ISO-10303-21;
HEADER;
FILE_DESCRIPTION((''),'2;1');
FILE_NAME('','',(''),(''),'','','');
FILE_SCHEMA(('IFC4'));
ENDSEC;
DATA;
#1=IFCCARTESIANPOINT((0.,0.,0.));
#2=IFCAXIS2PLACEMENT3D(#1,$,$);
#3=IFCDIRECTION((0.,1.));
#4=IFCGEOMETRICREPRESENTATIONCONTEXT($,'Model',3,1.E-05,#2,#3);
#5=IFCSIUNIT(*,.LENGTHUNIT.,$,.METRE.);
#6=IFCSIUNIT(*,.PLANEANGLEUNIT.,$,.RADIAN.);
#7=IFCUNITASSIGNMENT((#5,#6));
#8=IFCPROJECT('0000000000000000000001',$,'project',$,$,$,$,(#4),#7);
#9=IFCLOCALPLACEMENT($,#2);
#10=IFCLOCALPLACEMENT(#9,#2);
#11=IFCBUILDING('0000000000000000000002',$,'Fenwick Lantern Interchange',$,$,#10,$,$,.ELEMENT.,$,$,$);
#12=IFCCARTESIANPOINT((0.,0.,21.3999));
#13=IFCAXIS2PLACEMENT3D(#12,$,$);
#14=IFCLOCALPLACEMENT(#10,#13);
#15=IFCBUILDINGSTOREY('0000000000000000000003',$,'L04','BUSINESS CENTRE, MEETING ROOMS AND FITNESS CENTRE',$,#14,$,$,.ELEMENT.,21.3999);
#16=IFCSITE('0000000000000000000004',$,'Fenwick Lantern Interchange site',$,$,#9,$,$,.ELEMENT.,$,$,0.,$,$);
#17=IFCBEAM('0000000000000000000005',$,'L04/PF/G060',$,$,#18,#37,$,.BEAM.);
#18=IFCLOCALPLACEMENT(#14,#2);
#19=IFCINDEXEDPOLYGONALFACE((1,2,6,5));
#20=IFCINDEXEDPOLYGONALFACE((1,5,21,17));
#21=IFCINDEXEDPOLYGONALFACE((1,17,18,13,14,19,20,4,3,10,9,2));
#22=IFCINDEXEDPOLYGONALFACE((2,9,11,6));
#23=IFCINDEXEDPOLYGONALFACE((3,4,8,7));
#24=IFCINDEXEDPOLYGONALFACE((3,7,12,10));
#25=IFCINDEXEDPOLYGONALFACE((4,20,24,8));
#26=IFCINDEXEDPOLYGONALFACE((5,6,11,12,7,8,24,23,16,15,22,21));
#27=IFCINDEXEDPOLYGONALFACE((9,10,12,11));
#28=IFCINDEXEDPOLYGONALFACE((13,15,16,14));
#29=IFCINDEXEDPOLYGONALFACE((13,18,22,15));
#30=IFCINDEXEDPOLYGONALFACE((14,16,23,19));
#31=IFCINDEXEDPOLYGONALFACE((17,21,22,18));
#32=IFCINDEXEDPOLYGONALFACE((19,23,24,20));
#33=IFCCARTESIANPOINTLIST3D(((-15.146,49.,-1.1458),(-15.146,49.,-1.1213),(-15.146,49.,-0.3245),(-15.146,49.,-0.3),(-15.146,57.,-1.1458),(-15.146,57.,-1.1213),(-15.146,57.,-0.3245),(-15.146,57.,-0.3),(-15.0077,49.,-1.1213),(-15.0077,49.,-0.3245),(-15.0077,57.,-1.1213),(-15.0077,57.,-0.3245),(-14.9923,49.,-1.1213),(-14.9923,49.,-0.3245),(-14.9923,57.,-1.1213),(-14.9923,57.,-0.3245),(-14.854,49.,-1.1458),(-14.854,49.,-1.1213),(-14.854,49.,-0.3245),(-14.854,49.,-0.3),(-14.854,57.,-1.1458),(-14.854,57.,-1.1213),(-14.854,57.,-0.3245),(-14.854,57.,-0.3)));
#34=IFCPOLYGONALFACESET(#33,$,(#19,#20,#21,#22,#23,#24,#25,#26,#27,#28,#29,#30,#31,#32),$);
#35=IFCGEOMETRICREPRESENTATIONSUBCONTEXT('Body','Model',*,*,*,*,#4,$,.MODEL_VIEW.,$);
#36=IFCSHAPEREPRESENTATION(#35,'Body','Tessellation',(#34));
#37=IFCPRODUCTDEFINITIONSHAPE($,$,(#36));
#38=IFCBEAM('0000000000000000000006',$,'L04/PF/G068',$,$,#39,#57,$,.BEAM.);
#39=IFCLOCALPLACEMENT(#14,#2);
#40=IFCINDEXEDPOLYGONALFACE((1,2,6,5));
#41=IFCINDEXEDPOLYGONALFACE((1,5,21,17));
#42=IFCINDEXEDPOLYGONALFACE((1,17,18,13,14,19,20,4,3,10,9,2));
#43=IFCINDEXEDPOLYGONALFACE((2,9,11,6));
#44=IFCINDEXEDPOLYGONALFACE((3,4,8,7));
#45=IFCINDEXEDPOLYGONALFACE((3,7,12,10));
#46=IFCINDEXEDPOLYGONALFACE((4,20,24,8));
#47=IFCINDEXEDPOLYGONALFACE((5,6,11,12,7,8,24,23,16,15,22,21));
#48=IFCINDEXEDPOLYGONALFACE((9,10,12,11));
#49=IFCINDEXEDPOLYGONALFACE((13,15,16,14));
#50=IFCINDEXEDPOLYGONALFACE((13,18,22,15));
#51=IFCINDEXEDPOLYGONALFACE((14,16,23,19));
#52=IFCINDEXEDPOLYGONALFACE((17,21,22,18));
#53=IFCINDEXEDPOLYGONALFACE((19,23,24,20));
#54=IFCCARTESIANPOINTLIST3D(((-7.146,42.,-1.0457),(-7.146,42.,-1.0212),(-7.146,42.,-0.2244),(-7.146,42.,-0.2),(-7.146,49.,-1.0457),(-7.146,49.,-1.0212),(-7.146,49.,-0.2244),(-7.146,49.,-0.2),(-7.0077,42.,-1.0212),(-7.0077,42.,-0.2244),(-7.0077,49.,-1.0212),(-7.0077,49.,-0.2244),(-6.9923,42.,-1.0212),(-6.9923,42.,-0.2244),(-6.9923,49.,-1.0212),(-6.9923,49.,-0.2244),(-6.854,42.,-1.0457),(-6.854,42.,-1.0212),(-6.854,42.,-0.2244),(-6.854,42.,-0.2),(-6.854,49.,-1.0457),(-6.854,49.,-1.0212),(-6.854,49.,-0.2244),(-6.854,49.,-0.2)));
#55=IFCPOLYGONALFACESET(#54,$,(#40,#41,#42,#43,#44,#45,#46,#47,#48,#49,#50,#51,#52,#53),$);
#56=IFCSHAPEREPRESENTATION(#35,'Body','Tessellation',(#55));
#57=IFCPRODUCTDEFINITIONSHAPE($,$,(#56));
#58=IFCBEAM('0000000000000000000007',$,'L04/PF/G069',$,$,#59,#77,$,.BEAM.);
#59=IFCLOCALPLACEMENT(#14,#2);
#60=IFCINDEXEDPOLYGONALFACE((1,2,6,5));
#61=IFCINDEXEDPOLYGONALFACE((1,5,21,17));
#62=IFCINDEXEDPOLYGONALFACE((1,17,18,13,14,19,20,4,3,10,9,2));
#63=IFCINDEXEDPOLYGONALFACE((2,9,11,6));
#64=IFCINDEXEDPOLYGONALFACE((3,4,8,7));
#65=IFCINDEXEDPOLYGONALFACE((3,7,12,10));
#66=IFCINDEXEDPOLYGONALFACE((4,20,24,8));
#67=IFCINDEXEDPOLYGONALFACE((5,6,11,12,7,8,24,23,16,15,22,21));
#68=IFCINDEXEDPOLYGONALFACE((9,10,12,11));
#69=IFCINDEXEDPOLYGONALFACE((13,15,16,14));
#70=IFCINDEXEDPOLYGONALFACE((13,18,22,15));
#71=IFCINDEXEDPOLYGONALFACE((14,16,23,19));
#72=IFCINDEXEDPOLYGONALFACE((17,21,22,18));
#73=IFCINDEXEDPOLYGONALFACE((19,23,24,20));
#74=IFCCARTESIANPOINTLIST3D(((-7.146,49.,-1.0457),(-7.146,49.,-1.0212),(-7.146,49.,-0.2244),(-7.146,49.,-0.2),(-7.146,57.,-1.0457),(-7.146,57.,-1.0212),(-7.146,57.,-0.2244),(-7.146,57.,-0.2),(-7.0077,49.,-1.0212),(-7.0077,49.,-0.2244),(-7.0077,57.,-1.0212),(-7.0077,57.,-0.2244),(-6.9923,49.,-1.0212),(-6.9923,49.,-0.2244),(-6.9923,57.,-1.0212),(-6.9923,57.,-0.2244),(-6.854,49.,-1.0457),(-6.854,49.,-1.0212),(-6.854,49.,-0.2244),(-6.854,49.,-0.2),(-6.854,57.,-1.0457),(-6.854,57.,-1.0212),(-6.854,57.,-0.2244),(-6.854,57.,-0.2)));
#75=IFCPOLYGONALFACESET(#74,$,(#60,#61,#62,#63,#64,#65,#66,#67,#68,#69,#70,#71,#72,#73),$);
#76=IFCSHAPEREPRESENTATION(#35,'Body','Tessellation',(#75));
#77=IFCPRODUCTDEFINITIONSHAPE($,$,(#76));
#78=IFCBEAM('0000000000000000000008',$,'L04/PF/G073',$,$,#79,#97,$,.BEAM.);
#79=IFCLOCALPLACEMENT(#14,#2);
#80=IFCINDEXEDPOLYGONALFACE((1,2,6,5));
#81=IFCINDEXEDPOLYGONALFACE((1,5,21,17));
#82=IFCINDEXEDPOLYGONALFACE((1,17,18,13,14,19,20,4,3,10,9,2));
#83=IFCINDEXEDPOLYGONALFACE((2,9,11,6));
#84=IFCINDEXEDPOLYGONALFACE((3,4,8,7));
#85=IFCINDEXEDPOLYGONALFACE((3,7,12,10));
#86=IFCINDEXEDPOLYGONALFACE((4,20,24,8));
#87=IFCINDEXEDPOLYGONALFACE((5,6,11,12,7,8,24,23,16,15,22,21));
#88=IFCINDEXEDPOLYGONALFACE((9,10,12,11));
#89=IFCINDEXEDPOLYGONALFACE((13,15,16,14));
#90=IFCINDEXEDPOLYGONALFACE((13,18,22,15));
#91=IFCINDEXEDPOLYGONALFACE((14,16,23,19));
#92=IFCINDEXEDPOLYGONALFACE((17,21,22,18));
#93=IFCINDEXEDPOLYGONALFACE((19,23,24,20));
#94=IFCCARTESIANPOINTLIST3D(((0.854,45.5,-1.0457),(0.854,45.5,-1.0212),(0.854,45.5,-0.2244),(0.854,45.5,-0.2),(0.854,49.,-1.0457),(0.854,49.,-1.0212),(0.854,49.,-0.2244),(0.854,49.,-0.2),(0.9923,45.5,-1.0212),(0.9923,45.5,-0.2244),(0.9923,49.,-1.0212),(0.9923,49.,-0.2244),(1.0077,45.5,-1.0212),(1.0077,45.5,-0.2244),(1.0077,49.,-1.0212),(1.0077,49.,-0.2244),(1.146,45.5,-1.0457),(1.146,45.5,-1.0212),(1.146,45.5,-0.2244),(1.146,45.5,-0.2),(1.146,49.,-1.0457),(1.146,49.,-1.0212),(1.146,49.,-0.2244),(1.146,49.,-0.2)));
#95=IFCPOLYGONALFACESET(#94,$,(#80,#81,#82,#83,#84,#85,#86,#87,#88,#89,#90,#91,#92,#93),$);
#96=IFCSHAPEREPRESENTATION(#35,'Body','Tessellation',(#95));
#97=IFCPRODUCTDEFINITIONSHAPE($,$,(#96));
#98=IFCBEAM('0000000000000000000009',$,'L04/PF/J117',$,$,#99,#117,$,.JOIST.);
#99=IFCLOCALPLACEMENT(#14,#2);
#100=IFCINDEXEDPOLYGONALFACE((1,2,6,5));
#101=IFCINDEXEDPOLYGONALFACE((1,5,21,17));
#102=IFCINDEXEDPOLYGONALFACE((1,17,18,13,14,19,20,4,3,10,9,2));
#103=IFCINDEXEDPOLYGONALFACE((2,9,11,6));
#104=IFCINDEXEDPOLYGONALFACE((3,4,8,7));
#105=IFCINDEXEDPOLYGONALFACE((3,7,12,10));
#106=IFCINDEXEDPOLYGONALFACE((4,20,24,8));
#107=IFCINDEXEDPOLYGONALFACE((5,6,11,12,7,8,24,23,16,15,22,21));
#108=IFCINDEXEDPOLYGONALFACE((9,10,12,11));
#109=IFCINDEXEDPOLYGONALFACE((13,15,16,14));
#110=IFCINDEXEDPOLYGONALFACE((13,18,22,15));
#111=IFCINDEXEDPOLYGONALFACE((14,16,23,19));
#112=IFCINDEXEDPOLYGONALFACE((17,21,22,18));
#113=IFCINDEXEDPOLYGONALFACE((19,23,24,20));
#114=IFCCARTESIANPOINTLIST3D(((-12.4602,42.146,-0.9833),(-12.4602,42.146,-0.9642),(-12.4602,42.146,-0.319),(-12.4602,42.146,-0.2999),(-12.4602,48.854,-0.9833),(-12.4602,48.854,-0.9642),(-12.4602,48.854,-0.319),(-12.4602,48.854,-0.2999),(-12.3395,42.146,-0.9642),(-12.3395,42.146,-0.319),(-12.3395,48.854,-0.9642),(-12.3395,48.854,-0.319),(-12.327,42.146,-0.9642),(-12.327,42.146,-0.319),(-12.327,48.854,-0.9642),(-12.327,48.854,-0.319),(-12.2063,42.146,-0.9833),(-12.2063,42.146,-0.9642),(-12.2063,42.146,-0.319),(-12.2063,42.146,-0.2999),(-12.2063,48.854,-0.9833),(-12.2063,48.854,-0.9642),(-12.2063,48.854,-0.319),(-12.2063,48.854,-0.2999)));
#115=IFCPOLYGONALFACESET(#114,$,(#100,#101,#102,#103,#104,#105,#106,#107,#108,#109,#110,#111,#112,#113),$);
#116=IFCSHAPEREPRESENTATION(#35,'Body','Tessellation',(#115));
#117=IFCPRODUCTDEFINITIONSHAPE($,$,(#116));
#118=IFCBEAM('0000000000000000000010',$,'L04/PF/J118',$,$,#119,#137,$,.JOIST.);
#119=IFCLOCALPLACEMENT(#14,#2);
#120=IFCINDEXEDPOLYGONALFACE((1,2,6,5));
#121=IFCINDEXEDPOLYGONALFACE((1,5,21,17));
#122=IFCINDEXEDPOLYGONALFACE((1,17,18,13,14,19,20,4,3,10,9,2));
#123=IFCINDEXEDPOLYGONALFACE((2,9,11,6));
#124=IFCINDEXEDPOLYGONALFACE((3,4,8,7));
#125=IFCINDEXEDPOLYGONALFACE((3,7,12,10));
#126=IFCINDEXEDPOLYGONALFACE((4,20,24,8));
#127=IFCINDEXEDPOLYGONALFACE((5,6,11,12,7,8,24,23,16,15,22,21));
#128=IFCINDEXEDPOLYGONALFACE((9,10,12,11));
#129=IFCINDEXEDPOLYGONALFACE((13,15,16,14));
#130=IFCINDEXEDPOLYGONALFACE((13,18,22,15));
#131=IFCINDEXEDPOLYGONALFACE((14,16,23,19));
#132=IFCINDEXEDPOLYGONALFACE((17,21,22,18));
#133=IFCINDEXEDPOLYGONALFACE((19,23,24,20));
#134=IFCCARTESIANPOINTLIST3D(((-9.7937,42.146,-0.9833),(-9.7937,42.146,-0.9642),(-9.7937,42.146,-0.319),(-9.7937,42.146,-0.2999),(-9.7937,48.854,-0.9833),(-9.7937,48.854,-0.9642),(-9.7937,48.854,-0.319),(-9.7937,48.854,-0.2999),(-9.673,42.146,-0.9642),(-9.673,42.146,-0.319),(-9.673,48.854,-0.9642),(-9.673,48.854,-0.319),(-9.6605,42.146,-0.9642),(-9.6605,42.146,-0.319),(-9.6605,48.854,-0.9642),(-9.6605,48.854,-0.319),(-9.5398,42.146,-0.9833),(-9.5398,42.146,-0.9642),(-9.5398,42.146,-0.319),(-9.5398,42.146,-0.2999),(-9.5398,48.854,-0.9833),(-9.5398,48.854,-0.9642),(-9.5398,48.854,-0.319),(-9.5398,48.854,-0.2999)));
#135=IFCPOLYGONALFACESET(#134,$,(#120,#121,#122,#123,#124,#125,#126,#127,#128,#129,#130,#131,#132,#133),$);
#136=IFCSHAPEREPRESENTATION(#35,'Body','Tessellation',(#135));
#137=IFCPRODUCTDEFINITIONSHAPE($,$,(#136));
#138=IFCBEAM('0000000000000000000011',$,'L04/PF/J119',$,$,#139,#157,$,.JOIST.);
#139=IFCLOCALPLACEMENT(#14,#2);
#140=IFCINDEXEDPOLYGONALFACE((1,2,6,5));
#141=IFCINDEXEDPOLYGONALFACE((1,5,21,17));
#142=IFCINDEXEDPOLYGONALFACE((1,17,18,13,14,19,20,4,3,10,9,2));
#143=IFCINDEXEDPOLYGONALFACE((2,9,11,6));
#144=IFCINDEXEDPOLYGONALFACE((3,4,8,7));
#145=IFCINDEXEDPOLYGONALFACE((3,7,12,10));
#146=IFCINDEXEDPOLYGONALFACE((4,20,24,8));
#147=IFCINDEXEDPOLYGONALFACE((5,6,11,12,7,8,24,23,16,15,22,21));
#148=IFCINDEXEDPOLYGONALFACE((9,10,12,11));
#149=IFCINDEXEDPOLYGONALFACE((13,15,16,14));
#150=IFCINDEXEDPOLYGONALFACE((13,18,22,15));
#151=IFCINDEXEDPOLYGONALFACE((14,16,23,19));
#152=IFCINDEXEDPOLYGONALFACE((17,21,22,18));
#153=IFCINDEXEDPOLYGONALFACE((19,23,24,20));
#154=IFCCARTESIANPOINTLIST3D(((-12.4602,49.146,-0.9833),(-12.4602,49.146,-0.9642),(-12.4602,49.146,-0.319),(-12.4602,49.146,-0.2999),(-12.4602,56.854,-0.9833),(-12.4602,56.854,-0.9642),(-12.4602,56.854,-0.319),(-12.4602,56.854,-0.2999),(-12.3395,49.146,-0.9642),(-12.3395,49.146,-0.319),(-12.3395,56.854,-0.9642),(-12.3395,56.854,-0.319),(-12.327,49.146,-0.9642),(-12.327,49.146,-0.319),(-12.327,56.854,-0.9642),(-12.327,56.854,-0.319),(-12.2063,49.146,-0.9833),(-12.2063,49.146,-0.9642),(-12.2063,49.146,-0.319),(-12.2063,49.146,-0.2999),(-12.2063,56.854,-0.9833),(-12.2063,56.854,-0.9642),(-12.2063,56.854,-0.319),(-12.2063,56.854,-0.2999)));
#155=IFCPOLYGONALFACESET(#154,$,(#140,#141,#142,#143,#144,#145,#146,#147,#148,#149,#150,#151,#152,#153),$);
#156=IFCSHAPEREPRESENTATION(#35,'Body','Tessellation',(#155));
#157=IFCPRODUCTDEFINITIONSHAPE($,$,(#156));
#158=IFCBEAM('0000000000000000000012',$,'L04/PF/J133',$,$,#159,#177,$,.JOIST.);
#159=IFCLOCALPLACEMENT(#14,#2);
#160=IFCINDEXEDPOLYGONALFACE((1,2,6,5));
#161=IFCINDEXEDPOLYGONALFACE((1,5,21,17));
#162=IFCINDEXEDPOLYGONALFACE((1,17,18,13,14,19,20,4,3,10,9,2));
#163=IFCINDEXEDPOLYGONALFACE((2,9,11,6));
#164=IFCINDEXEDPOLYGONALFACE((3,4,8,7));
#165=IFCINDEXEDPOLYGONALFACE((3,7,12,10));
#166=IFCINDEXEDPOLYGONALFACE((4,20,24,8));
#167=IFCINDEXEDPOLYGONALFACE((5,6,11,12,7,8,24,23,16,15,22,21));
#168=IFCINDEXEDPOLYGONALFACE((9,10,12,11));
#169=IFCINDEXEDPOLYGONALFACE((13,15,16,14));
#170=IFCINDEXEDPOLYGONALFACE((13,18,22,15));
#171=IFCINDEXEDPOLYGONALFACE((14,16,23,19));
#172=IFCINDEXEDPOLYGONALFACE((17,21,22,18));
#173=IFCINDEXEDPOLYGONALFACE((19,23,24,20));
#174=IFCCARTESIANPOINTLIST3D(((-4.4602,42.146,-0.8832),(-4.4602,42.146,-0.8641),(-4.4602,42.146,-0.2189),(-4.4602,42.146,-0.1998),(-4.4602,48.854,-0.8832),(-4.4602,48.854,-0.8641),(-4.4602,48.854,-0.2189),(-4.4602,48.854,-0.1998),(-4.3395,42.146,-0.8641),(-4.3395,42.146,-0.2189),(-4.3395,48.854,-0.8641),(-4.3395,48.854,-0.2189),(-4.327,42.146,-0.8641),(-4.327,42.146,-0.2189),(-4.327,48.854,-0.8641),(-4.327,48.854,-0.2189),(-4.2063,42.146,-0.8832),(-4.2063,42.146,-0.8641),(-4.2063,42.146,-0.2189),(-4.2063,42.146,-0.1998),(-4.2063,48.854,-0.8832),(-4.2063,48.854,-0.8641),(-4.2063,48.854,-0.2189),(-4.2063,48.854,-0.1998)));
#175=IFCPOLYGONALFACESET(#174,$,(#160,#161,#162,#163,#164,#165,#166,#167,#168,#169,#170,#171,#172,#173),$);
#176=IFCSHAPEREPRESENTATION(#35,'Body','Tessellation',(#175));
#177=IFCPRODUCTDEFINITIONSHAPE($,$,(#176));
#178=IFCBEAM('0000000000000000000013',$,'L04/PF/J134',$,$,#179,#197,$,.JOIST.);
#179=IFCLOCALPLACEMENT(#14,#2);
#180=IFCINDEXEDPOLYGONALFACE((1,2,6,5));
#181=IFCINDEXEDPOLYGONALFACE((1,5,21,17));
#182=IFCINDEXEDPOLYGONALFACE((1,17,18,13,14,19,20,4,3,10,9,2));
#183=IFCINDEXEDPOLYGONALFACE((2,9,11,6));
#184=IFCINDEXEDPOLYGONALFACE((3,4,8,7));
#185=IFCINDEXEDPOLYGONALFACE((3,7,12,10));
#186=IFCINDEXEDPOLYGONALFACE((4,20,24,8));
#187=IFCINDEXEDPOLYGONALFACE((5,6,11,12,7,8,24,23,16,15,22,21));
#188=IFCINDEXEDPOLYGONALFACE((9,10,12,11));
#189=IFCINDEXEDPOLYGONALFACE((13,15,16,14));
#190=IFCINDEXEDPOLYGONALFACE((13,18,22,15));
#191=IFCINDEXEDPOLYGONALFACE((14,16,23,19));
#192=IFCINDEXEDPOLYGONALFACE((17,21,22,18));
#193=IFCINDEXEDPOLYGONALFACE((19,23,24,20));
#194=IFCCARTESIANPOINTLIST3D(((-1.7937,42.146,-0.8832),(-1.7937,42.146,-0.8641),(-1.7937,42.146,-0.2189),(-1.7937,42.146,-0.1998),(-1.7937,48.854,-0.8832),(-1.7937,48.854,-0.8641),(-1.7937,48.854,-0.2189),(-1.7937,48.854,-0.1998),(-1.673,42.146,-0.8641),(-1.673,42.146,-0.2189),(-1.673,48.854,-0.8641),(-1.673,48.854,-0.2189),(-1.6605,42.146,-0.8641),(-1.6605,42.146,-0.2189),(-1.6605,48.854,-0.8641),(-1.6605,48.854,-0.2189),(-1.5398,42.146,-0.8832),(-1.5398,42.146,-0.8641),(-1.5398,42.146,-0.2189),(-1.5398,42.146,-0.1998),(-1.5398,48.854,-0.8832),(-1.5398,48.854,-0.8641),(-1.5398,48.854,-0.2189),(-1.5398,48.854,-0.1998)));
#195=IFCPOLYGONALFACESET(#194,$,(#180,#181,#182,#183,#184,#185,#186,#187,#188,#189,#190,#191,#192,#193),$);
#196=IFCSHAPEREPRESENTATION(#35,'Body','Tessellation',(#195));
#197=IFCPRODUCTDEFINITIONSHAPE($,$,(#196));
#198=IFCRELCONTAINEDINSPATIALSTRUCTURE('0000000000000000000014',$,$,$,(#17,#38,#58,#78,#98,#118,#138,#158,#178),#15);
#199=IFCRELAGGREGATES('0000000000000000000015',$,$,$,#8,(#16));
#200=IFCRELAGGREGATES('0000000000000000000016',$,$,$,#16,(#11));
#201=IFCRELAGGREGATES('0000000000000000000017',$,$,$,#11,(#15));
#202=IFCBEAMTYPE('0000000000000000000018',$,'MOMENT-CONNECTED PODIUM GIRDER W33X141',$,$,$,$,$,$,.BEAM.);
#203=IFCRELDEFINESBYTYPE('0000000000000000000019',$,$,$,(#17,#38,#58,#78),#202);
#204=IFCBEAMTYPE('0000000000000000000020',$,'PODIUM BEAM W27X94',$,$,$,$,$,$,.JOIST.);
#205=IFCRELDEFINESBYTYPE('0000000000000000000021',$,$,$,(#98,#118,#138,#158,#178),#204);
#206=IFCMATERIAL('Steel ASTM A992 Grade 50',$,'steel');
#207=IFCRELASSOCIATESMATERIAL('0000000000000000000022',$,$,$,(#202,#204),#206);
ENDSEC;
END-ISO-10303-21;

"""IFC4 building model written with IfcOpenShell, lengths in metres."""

from ifc_helpers import new_model, si_unit, direction, frame, origin, origin_2d, place, context, subcontext, project, spatial, i_section, extrude, material, material_profile, profile_set, type_object, element, save


model = new_model("IFC4")

# Units and contexts
model_context = context("Model", 3, precision=1e-05, world=origin(), true_north=direction((0.0, 1.0)))
body_context = subcontext(model_context, "Body", "Model", "MODEL_VIEW")
ifc_project = project(units=[si_unit("LENGTHUNIT", "METRE"), si_unit("PLANEANGLEUNIT", "RADIAN")], contexts=[model_context])

# Site, building, storey
site_placement = place(None, origin())
site = spatial("IfcSite", under=ifc_project, at=site_placement, Name="Fenwick Lantern Interchange site", CompositionType="ELEMENT", RefElevation=0.0)
building_placement = place(site_placement, origin())
building = spatial("IfcBuilding", under=site, at=building_placement, Name="Fenwick Lantern Interchange", CompositionType="ELEMENT")
storey_placement = place(building_placement, frame((0.0, 0.0, 21.3999)))
storey = spatial("IfcBuildingStorey", under=building, at=storey_placement, Name="L04", Description="BUSINESS CENTRE, MEETING ROOMS AND FITNESS CENTRE", CompositionType="ELEMENT", Elevation=21.3999)

# Shared definitions
ifc_material_1 = material(Name="Steel ASTM A992 Grade 50", Category="steel")

# Beams
ifc_material_profile_1 = material_profile(ifc_material_1, i_section(OverallWidth=0.292, OverallDepth=0.8457, WebThickness=0.0154, FlangeThickness=0.0244, at=origin_2d()), Name="W33X141")
ifc_profile_set_1 = profile_set([ifc_material_profile_1], Name="Steel ASTM A992 Grade 50")
beam_type_1 = type_object("IfcBeamType", Name="MOMENT-CONNECTED PODIUM GIRDER W33X141", PredefinedType="BEAM", material=ifc_profile_set_1)
beam_1_placement = place(storey_placement, frame((-15.0, 49.0, -0.7229), z_axis=(0.0, 1.0, 0.0), x_axis=(-1.0, 0.0, 0.0)))
element("IfcBeam", 1, at=beam_1_placement, inside=storey, type_object=beam_type_1, Name="L04/PF/G060", PredefinedType="BEAM", context=body_context, shape_type="SweptSolid", body=[
    extrude(i_section(OverallWidth=0.292, OverallDepth=0.8457, WebThickness=0.0154, FlangeThickness=0.0244, at=origin_2d()), origin(), (0.0, 0.0, 1.0), 8.0),
])
beam_2_placement = place(storey_placement, frame((-7.0, 42.0, -0.6228), z_axis=(0.0, 1.0, 0.0), x_axis=(-1.0, 0.0, 0.0)))
element("IfcBeam", 2, at=beam_2_placement, inside=storey, type_object=beam_type_1, Name="L04/PF/G068", PredefinedType="BEAM", context=body_context, shape_type="SweptSolid", body=[
    extrude(i_section(OverallWidth=0.292, OverallDepth=0.8457, WebThickness=0.0154, FlangeThickness=0.0244, at=origin_2d()), origin(), (0.0, 0.0, 1.0), 7.0),
])
beam_3_placement = place(storey_placement, frame((-7.0, 49.0, -0.6228), z_axis=(0.0, 1.0, 0.0), x_axis=(-1.0, 0.0, 0.0)))
element("IfcBeam", 3, at=beam_3_placement, inside=storey, type_object=beam_type_1, Name="L04/PF/G069", PredefinedType="BEAM", context=body_context, shape_type="SweptSolid", body=[
    extrude(i_section(OverallWidth=0.292, OverallDepth=0.8457, WebThickness=0.0154, FlangeThickness=0.0244, at=origin_2d()), origin(), (0.0, 0.0, 1.0), 8.0),
])
beam_4_placement = place(storey_placement, frame((1.0, 45.5, -0.6228), z_axis=(0.0, 1.0, 0.0), x_axis=(-1.0, 0.0, 0.0)))
element("IfcBeam", 4, at=beam_4_placement, inside=storey, type_object=beam_type_1, Name="L04/PF/G073", PredefinedType="BEAM", context=body_context, shape_type="SweptSolid", body=[
    extrude(i_section(OverallWidth=0.292, OverallDepth=0.8457, WebThickness=0.0154, FlangeThickness=0.0244, at=origin_2d()), origin(), (0.0, 0.0, 1.0), 3.5),
])
ifc_material_profile_2 = material_profile(ifc_material_1, i_section(OverallWidth=0.2539, OverallDepth=0.6833, WebThickness=0.0125, FlangeThickness=0.019, at=origin_2d()), Name="W27X94")
ifc_profile_set_2 = profile_set([ifc_material_profile_2], Name="Steel ASTM A992 Grade 50")
beam_type_2 = type_object("IfcBeamType", Name="PODIUM BEAM W27X94", PredefinedType="JOIST", material=ifc_profile_set_2)
for number, where, z_axis, x_axis, name in (
    (5, (-12.3333, 42.146, -0.6416), (0.0, 1.0, 0.0), (-1.0, 0.0, 0.0), "L04/PF/J117"),
    (6, (-9.6667, 42.146, -0.6416), (0.0, 1.0, 0.0), (-1.0, 0.0, 0.0), "L04/PF/J118"),
):
    element("IfcBeam", number, at=place(storey_placement, frame(where, z_axis=z_axis, x_axis=x_axis)), inside=storey, type_object=beam_type_2, Name=name, PredefinedType="JOIST", context=body_context, shape_type="SweptSolid", body=[
        extrude(i_section(OverallWidth=0.2539, OverallDepth=0.6833, WebThickness=0.0125, FlangeThickness=0.019, at=origin_2d()), origin(), (0.0, 0.0, 1.0), 6.708),
    ])
beam_5_placement = place(storey_placement, frame((-12.3333, 49.146, -0.6416), z_axis=(0.0, 1.0, 0.0), x_axis=(-1.0, 0.0, 0.0)))
element("IfcBeam", 7, at=beam_5_placement, inside=storey, type_object=beam_type_2, Name="L04/PF/J119", PredefinedType="JOIST", context=body_context, shape_type="SweptSolid", body=[
    extrude(i_section(OverallWidth=0.2539, OverallDepth=0.6833, WebThickness=0.0125, FlangeThickness=0.019, at=origin_2d()), origin(), (0.0, 0.0, 1.0), 7.708),
])
for number, where, z_axis, x_axis, name in (
    (8, (-4.3333, 42.146, -0.5415), (0.0, 1.0, 0.0), (-1.0, 0.0, 0.0), "L04/PF/J133"),
    (9, (-1.6667, 42.146, -0.5415), (0.0, 1.0, 0.0), (-1.0, 0.0, 0.0), "L04/PF/J134"),
):
    element("IfcBeam", number, at=place(storey_placement, frame(where, z_axis=z_axis, x_axis=x_axis)), inside=storey, type_object=beam_type_2, Name=name, PredefinedType="JOIST", context=body_context, shape_type="SweptSolid", body=[
        extrude(i_section(OverallWidth=0.2539, OverallDepth=0.6833, WebThickness=0.0125, FlangeThickness=0.019, at=origin_2d()), origin(), (0.0, 0.0, 1.0), 6.708),
    ])

save(model, "model.ifc")
